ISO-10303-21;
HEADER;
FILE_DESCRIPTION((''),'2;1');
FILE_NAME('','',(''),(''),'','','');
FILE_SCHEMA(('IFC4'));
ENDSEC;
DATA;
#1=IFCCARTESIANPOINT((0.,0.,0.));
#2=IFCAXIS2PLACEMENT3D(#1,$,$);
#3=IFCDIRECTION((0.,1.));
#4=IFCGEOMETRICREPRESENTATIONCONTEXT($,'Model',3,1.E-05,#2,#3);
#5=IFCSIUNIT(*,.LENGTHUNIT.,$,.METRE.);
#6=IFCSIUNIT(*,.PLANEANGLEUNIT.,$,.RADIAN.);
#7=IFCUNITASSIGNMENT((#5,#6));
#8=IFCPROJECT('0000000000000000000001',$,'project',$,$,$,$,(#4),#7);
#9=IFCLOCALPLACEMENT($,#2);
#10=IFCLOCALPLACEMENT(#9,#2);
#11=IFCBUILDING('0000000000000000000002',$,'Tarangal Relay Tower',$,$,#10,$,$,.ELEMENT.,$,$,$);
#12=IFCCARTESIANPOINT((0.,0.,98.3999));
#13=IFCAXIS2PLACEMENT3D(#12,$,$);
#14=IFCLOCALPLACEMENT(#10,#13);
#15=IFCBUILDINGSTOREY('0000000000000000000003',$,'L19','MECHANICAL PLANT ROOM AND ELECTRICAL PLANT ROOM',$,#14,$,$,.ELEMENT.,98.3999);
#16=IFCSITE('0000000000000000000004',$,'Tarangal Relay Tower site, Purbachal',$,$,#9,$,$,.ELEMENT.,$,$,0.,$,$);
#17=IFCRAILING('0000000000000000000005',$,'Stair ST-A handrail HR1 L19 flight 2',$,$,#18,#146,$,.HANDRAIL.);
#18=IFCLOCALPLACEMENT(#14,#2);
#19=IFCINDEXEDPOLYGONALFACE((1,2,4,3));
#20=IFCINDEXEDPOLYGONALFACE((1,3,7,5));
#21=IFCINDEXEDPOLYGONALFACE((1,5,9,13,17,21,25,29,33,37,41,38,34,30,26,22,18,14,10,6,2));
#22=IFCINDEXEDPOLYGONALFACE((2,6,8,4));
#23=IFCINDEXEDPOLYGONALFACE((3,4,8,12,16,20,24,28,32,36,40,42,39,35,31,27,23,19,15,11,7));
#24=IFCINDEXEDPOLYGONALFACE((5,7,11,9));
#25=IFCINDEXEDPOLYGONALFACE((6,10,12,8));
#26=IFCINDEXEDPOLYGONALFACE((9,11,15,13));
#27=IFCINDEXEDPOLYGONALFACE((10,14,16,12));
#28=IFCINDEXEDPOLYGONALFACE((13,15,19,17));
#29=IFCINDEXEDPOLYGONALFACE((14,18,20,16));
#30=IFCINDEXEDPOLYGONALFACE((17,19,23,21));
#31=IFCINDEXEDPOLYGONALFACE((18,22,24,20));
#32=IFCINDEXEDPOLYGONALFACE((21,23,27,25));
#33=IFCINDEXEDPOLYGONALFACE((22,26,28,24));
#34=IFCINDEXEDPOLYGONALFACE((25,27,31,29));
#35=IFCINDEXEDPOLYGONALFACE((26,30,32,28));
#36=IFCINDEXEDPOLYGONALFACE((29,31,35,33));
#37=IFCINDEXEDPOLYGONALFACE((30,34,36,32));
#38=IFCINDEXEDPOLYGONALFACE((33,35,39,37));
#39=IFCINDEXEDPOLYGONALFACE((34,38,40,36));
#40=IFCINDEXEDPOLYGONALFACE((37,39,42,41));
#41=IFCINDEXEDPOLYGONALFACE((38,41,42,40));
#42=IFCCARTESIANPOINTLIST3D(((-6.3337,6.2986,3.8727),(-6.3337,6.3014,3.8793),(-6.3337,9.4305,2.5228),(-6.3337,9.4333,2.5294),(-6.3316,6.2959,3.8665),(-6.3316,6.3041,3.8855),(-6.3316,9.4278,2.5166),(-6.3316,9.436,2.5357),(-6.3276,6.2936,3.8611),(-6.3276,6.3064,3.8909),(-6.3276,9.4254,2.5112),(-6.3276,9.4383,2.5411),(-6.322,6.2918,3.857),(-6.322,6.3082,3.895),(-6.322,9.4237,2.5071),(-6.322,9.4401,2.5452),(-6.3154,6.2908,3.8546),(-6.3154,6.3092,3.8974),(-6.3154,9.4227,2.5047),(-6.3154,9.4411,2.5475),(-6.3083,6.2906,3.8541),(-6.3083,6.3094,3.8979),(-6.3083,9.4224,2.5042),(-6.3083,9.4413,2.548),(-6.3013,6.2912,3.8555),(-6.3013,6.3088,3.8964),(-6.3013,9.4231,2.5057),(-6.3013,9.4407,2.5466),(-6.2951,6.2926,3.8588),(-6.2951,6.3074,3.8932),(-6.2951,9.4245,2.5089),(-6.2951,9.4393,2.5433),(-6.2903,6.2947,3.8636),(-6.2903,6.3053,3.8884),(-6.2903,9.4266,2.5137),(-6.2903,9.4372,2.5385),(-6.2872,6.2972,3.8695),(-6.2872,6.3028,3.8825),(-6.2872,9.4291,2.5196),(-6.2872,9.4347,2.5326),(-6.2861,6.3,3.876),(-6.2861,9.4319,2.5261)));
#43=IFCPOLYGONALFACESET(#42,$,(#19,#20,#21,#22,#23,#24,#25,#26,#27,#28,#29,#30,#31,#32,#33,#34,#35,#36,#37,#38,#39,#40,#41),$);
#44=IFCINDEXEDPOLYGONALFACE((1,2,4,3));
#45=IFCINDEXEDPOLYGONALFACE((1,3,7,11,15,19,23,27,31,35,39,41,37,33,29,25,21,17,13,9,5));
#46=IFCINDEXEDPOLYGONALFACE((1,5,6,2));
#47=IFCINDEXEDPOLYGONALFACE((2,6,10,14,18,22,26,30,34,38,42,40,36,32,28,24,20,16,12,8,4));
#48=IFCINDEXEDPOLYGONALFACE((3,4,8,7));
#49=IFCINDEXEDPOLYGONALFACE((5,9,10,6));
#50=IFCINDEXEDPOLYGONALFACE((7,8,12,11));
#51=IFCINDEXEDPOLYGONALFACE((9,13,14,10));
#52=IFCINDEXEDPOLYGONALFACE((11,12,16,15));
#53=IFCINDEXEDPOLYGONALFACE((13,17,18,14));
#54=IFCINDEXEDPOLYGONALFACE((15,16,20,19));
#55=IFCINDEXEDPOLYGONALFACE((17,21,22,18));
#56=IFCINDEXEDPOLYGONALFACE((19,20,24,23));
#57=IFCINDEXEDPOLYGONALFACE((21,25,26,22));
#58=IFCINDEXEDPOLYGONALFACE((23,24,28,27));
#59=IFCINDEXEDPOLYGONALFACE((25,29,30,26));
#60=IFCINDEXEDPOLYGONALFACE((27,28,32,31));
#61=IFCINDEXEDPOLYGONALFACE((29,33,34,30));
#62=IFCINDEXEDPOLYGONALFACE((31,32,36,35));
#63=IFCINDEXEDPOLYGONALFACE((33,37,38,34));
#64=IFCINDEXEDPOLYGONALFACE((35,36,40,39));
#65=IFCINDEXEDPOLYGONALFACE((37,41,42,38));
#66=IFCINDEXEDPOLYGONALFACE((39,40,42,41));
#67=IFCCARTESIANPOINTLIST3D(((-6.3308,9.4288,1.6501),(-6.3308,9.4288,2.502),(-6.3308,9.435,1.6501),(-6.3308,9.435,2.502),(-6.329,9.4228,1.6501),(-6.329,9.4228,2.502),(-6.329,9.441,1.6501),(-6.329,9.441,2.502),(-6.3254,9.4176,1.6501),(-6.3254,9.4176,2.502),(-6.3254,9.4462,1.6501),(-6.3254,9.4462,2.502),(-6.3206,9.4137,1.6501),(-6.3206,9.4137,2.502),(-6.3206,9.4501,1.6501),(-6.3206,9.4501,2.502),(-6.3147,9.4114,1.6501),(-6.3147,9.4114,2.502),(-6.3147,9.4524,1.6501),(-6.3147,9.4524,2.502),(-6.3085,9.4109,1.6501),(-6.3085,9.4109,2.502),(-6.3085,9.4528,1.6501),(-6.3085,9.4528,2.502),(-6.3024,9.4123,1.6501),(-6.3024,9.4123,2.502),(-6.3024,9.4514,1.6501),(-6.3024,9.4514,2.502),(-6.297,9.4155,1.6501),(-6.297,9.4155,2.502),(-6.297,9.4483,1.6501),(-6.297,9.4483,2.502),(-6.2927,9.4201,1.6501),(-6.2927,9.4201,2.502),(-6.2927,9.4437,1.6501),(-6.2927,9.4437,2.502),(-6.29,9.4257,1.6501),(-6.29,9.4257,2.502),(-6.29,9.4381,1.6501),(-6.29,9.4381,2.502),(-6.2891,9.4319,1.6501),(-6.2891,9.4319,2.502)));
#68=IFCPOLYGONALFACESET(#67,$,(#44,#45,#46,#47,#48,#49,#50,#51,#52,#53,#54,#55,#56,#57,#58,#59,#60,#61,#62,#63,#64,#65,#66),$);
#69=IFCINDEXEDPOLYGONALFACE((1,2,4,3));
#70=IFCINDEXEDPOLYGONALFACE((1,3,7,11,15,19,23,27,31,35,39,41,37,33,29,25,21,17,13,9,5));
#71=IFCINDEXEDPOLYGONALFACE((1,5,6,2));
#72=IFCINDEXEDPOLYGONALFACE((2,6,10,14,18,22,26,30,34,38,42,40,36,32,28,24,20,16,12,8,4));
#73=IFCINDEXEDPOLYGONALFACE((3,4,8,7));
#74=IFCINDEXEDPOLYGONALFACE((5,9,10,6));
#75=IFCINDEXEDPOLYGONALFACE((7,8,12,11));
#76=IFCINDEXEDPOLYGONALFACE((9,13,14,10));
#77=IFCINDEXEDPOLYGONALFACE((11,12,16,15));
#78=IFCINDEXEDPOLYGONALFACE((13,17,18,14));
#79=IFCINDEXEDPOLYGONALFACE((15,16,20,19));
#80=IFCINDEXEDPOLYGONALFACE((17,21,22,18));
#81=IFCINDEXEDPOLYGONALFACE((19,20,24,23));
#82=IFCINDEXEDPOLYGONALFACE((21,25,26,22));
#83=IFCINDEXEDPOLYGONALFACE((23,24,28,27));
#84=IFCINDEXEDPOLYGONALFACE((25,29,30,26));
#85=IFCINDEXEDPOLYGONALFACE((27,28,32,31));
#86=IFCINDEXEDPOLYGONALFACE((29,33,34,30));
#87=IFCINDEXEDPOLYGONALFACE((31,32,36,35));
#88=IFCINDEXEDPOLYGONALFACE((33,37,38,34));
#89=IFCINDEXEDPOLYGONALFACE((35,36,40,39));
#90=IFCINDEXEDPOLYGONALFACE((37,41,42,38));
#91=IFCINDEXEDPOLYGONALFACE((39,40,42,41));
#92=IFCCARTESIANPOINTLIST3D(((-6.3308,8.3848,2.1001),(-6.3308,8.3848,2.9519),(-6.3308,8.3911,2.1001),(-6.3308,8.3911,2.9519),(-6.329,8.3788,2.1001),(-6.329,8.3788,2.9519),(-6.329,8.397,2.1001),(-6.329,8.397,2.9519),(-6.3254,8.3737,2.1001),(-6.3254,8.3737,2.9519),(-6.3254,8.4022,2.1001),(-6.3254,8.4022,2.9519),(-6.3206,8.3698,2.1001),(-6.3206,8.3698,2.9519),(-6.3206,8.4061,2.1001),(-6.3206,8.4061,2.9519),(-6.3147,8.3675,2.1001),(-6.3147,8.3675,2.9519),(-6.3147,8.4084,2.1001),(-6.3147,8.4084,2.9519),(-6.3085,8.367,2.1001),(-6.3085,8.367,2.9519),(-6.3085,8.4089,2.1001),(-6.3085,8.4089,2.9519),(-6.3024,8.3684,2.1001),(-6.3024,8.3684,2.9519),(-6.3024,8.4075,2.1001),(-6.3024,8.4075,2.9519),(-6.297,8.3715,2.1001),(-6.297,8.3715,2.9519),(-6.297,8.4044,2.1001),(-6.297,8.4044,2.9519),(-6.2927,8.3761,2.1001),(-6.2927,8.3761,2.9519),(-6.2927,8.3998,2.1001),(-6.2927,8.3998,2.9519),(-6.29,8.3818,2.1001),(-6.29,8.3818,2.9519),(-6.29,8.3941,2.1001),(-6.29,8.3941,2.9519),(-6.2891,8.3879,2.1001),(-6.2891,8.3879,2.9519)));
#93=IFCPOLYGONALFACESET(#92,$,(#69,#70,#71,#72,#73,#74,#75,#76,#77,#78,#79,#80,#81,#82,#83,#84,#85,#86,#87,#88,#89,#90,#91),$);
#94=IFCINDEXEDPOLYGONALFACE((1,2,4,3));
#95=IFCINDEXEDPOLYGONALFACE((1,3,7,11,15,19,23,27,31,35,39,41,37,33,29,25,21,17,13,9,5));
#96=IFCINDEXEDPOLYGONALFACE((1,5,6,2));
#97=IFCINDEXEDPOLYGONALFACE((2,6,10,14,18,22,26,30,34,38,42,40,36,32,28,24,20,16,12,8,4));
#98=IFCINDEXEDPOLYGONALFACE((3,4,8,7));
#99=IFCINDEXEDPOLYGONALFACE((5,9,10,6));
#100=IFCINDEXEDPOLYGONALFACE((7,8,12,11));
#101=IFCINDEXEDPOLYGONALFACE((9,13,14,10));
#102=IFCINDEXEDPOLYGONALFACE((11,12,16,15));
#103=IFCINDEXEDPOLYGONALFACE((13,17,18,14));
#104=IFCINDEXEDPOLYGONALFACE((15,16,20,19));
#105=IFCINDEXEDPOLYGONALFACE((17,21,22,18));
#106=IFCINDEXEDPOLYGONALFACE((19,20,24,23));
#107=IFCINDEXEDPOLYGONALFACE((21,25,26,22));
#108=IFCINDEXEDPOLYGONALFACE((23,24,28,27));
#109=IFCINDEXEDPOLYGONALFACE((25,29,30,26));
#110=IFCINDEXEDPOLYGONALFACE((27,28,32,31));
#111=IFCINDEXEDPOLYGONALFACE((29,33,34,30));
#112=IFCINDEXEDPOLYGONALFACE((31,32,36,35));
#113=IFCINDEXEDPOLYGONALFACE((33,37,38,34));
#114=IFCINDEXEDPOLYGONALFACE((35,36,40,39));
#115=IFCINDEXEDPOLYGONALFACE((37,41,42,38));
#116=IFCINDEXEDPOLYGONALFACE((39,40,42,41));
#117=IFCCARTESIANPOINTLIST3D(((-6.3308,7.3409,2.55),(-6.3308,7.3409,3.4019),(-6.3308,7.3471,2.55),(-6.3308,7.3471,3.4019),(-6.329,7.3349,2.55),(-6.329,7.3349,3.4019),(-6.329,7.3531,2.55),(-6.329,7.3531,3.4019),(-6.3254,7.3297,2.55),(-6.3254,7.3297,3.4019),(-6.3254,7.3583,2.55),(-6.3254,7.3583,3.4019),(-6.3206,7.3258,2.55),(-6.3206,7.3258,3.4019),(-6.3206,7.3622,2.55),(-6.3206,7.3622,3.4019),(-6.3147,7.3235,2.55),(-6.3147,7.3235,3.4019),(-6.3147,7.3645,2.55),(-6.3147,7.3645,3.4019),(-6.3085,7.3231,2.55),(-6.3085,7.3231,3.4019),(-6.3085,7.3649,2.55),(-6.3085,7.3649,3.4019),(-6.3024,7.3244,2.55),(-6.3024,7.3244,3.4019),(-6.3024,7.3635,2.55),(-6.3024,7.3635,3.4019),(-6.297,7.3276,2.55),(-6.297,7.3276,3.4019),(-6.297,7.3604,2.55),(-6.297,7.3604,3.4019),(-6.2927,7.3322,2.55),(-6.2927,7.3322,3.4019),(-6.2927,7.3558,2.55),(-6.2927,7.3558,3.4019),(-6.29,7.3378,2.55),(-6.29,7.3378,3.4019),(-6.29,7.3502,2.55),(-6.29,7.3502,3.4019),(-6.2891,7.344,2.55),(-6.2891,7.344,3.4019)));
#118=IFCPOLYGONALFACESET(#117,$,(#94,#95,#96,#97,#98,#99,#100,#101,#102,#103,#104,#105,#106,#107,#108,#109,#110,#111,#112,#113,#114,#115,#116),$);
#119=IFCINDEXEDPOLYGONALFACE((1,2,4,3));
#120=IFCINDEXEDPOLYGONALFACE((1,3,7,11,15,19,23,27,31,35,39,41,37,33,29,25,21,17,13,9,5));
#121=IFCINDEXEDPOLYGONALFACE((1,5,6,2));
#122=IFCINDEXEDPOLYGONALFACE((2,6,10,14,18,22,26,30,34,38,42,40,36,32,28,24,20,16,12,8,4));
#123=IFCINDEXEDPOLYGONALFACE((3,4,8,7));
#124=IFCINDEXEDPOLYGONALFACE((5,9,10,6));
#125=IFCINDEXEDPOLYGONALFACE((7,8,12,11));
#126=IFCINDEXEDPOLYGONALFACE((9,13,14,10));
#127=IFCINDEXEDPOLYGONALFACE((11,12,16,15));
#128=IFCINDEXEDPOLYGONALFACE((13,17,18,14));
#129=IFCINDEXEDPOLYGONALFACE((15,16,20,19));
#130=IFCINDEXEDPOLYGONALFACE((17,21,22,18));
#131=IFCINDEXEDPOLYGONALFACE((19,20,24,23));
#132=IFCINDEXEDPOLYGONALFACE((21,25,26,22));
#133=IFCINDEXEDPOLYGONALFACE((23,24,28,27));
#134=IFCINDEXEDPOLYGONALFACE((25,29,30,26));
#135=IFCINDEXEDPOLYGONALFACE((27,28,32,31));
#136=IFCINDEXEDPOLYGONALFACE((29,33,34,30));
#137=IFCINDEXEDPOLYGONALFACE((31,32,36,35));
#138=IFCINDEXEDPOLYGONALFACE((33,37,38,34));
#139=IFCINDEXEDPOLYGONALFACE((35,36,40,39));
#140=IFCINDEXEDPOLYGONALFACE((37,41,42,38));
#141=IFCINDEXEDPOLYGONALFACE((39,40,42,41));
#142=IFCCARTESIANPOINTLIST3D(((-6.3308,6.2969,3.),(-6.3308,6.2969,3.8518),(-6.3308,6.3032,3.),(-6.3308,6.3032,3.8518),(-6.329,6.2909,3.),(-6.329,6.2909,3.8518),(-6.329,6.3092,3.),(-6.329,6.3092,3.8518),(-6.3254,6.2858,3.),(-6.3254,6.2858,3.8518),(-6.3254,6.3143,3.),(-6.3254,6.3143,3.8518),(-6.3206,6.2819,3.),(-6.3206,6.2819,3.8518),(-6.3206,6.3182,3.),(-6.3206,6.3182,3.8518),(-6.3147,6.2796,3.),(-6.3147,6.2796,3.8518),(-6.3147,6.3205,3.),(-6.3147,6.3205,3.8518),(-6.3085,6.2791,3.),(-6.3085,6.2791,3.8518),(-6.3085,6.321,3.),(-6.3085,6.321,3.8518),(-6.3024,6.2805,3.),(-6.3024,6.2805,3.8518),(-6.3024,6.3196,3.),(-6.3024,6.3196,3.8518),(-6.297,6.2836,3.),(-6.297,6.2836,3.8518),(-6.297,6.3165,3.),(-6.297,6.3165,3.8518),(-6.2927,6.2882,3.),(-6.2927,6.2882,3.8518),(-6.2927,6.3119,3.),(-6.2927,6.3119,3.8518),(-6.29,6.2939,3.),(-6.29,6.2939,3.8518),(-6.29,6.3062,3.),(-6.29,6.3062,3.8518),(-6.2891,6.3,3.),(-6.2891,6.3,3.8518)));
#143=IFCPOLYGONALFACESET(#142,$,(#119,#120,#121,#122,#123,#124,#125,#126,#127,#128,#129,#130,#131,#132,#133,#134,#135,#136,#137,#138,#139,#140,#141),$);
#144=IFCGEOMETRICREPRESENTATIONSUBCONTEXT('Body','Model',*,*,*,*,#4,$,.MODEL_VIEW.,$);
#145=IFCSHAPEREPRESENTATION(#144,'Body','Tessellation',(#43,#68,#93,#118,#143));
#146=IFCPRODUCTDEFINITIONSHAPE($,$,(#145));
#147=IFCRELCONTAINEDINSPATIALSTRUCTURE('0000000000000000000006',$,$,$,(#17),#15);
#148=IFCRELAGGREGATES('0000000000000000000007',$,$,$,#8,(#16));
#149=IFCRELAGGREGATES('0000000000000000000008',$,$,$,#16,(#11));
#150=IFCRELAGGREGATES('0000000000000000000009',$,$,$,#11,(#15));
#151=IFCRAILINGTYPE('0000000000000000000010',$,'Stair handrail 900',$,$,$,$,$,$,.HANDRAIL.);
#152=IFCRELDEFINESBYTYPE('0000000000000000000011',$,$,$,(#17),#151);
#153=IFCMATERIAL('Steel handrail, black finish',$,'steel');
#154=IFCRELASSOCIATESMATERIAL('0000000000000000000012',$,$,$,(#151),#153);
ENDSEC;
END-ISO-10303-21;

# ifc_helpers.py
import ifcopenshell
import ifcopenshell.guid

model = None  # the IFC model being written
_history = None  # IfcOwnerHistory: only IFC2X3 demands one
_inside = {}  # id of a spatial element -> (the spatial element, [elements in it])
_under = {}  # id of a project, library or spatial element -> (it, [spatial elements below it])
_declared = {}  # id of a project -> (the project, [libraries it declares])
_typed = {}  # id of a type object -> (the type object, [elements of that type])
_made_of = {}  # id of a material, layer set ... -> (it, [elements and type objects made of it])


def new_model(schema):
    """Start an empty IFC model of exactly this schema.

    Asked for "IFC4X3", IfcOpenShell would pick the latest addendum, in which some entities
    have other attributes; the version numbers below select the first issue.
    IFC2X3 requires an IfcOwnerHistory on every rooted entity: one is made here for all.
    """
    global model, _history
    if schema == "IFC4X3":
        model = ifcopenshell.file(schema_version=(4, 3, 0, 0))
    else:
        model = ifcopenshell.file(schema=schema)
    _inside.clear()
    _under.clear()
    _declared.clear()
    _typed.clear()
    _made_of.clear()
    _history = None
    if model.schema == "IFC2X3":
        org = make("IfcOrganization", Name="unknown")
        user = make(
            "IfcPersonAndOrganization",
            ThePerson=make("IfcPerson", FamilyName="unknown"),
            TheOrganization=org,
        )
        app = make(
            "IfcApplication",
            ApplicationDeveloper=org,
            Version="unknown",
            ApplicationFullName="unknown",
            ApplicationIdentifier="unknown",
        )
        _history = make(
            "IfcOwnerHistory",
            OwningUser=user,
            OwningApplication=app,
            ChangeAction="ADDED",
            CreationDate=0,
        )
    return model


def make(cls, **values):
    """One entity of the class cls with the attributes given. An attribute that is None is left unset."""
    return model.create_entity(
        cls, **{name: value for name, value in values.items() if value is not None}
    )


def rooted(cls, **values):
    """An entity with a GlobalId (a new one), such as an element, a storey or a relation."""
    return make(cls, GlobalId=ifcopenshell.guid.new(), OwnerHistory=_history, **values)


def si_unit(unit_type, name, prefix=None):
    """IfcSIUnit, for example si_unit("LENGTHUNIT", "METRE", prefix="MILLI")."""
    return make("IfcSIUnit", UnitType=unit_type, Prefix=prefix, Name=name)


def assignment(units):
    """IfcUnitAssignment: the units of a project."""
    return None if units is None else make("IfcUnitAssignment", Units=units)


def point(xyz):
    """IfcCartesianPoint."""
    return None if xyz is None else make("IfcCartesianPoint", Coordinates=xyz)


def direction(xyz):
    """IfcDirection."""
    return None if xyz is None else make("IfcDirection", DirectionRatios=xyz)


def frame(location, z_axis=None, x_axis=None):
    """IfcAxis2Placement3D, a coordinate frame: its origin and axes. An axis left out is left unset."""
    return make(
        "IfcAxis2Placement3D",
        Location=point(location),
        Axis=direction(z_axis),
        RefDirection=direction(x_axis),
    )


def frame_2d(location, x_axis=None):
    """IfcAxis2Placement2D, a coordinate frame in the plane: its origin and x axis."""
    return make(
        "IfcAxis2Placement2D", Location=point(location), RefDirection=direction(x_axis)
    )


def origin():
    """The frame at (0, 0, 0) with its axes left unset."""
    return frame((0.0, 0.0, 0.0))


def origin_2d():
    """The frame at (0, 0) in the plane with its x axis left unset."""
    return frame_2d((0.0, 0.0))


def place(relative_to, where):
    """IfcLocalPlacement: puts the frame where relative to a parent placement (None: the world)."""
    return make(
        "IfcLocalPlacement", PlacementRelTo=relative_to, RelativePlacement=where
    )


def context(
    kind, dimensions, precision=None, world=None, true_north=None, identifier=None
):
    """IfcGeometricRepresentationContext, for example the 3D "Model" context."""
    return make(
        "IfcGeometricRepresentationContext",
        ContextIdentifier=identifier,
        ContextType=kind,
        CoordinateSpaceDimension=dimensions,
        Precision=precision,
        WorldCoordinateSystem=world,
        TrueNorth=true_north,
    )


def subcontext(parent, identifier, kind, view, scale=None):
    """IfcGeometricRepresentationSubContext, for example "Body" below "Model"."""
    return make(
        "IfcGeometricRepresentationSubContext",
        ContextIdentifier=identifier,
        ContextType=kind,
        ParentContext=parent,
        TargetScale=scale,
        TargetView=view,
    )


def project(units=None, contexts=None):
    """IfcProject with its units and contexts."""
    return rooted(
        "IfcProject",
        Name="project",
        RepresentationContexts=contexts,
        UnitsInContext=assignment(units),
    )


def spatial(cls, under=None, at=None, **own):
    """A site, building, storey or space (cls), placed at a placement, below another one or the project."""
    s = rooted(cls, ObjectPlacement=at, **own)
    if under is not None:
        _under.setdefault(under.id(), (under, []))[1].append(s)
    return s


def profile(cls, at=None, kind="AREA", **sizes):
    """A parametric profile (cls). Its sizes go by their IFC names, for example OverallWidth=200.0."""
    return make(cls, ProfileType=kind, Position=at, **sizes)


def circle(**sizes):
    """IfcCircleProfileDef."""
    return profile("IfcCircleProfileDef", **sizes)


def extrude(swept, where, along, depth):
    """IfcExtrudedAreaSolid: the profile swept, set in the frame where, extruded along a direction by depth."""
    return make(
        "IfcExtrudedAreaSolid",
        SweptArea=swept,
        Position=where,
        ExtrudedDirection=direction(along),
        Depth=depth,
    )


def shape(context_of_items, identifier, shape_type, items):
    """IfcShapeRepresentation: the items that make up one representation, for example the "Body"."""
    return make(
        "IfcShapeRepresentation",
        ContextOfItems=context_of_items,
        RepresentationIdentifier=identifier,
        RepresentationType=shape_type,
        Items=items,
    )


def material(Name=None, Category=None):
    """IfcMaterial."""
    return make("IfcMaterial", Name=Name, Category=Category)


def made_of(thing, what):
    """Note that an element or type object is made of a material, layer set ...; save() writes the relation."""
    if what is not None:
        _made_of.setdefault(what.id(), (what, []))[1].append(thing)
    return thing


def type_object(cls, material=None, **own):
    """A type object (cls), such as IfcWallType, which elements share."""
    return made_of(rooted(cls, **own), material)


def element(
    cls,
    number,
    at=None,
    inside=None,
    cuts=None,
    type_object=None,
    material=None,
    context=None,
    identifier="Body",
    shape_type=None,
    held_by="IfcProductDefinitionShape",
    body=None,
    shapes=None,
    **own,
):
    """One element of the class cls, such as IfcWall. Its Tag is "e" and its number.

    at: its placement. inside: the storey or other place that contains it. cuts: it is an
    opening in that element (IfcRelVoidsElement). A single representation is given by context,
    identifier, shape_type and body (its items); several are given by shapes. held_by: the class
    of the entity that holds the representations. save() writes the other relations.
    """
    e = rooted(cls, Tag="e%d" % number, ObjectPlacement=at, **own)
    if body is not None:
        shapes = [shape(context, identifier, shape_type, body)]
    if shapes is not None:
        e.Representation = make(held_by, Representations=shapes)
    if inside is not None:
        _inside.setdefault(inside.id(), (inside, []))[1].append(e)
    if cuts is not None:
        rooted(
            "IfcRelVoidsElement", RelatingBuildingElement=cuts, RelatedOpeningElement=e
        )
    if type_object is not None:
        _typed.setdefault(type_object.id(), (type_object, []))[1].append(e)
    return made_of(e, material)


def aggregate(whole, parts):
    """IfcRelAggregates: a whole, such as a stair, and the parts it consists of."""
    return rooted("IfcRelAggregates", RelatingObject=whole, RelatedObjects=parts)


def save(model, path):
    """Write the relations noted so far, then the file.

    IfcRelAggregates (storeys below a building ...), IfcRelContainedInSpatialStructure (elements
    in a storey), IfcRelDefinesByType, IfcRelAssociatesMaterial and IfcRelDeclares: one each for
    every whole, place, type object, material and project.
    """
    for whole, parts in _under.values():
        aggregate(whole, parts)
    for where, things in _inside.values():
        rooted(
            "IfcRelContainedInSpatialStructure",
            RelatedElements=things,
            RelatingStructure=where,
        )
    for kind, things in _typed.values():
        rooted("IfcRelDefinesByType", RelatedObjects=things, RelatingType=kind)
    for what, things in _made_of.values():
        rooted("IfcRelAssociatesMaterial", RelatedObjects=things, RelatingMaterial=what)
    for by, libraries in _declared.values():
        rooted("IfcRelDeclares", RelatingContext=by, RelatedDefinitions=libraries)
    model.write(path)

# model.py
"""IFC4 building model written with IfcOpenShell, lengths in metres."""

from ifc_helpers import new_model, si_unit, direction, frame, origin, origin_2d, place, context, subcontext, project, spatial, circle, extrude, material, type_object, element, save


model = new_model("IFC4")

# Units and contexts
model_context = context("Model", 3, precision=1e-05, world=origin(), true_north=direction((0.0, 1.0)))
body_context = subcontext(model_context, "Body", "Model", "MODEL_VIEW")
ifc_project = project(units=[si_unit("LENGTHUNIT", "METRE"), si_unit("PLANEANGLEUNIT", "RADIAN")], contexts=[model_context])

# Site, building, storey
site_placement = place(None, origin())
site = spatial("IfcSite", under=ifc_project, at=site_placement, Name="Tarangal Relay Tower site, Purbachal", CompositionType="ELEMENT", RefElevation=0.0)
building_placement = place(site_placement, origin())
building = spatial("IfcBuilding", under=site, at=building_placement, Name="Tarangal Relay Tower", CompositionType="ELEMENT")
storey_placement = place(building_placement, frame((0.0, 0.0, 98.3999)))
storey = spatial("IfcBuildingStorey", under=building, at=storey_placement, Name="L19", Description="MECHANICAL PLANT ROOM AND ELECTRICAL PLANT ROOM", CompositionType="ELEMENT", Elevation=98.3999)

# Railing
ifc_material_1 = material(Name="Steel handrail, black finish", Category="steel")
railing_type = type_object("IfcRailingType", Name="Stair handrail 900", PredefinedType="HANDRAIL", material=ifc_material_1)
for number, where, name in (
    (1, (-6.3101, 9.4319, 1.6501), "Stair ST-A handrail HR1 L19 flight 2"),
):
    element("IfcRailing", number, at=place(storey_placement, frame(where)), inside=storey, type_object=railing_type, Name=name, PredefinedType="HANDRAIL", context=body_context, shape_type="SweptSolid", body=[
        extrude(circle(Radius=0.0239, at=origin_2d()), frame((0.0, 0.0, 0.876), z_axis=(0.0, -0.918332, 0.395811), x_axis=(1.0, 0.0, 0.0)), (0.0, 0.0, 1.0), 3.4104),
        extrude(circle(Radius=0.021, at=origin_2d()), origin(), (0.0, 0.0, 1.0), 0.8518),
        extrude(circle(Radius=0.021, at=origin_2d()), frame((0.0, -1.0439, 0.45)), (0.0, 0.0, 1.0), 0.8518),
        extrude(circle(Radius=0.021, at=origin_2d()), frame((0.0, -2.0879, 0.8999)), (0.0, 0.0, 1.0), 0.8518),
        extrude(circle(Radius=0.021, at=origin_2d()), frame((0.0, -3.1318, 1.3499)), (0.0, 0.0, 1.0), 0.8518),
    ])

save(model, "model.ifc")
